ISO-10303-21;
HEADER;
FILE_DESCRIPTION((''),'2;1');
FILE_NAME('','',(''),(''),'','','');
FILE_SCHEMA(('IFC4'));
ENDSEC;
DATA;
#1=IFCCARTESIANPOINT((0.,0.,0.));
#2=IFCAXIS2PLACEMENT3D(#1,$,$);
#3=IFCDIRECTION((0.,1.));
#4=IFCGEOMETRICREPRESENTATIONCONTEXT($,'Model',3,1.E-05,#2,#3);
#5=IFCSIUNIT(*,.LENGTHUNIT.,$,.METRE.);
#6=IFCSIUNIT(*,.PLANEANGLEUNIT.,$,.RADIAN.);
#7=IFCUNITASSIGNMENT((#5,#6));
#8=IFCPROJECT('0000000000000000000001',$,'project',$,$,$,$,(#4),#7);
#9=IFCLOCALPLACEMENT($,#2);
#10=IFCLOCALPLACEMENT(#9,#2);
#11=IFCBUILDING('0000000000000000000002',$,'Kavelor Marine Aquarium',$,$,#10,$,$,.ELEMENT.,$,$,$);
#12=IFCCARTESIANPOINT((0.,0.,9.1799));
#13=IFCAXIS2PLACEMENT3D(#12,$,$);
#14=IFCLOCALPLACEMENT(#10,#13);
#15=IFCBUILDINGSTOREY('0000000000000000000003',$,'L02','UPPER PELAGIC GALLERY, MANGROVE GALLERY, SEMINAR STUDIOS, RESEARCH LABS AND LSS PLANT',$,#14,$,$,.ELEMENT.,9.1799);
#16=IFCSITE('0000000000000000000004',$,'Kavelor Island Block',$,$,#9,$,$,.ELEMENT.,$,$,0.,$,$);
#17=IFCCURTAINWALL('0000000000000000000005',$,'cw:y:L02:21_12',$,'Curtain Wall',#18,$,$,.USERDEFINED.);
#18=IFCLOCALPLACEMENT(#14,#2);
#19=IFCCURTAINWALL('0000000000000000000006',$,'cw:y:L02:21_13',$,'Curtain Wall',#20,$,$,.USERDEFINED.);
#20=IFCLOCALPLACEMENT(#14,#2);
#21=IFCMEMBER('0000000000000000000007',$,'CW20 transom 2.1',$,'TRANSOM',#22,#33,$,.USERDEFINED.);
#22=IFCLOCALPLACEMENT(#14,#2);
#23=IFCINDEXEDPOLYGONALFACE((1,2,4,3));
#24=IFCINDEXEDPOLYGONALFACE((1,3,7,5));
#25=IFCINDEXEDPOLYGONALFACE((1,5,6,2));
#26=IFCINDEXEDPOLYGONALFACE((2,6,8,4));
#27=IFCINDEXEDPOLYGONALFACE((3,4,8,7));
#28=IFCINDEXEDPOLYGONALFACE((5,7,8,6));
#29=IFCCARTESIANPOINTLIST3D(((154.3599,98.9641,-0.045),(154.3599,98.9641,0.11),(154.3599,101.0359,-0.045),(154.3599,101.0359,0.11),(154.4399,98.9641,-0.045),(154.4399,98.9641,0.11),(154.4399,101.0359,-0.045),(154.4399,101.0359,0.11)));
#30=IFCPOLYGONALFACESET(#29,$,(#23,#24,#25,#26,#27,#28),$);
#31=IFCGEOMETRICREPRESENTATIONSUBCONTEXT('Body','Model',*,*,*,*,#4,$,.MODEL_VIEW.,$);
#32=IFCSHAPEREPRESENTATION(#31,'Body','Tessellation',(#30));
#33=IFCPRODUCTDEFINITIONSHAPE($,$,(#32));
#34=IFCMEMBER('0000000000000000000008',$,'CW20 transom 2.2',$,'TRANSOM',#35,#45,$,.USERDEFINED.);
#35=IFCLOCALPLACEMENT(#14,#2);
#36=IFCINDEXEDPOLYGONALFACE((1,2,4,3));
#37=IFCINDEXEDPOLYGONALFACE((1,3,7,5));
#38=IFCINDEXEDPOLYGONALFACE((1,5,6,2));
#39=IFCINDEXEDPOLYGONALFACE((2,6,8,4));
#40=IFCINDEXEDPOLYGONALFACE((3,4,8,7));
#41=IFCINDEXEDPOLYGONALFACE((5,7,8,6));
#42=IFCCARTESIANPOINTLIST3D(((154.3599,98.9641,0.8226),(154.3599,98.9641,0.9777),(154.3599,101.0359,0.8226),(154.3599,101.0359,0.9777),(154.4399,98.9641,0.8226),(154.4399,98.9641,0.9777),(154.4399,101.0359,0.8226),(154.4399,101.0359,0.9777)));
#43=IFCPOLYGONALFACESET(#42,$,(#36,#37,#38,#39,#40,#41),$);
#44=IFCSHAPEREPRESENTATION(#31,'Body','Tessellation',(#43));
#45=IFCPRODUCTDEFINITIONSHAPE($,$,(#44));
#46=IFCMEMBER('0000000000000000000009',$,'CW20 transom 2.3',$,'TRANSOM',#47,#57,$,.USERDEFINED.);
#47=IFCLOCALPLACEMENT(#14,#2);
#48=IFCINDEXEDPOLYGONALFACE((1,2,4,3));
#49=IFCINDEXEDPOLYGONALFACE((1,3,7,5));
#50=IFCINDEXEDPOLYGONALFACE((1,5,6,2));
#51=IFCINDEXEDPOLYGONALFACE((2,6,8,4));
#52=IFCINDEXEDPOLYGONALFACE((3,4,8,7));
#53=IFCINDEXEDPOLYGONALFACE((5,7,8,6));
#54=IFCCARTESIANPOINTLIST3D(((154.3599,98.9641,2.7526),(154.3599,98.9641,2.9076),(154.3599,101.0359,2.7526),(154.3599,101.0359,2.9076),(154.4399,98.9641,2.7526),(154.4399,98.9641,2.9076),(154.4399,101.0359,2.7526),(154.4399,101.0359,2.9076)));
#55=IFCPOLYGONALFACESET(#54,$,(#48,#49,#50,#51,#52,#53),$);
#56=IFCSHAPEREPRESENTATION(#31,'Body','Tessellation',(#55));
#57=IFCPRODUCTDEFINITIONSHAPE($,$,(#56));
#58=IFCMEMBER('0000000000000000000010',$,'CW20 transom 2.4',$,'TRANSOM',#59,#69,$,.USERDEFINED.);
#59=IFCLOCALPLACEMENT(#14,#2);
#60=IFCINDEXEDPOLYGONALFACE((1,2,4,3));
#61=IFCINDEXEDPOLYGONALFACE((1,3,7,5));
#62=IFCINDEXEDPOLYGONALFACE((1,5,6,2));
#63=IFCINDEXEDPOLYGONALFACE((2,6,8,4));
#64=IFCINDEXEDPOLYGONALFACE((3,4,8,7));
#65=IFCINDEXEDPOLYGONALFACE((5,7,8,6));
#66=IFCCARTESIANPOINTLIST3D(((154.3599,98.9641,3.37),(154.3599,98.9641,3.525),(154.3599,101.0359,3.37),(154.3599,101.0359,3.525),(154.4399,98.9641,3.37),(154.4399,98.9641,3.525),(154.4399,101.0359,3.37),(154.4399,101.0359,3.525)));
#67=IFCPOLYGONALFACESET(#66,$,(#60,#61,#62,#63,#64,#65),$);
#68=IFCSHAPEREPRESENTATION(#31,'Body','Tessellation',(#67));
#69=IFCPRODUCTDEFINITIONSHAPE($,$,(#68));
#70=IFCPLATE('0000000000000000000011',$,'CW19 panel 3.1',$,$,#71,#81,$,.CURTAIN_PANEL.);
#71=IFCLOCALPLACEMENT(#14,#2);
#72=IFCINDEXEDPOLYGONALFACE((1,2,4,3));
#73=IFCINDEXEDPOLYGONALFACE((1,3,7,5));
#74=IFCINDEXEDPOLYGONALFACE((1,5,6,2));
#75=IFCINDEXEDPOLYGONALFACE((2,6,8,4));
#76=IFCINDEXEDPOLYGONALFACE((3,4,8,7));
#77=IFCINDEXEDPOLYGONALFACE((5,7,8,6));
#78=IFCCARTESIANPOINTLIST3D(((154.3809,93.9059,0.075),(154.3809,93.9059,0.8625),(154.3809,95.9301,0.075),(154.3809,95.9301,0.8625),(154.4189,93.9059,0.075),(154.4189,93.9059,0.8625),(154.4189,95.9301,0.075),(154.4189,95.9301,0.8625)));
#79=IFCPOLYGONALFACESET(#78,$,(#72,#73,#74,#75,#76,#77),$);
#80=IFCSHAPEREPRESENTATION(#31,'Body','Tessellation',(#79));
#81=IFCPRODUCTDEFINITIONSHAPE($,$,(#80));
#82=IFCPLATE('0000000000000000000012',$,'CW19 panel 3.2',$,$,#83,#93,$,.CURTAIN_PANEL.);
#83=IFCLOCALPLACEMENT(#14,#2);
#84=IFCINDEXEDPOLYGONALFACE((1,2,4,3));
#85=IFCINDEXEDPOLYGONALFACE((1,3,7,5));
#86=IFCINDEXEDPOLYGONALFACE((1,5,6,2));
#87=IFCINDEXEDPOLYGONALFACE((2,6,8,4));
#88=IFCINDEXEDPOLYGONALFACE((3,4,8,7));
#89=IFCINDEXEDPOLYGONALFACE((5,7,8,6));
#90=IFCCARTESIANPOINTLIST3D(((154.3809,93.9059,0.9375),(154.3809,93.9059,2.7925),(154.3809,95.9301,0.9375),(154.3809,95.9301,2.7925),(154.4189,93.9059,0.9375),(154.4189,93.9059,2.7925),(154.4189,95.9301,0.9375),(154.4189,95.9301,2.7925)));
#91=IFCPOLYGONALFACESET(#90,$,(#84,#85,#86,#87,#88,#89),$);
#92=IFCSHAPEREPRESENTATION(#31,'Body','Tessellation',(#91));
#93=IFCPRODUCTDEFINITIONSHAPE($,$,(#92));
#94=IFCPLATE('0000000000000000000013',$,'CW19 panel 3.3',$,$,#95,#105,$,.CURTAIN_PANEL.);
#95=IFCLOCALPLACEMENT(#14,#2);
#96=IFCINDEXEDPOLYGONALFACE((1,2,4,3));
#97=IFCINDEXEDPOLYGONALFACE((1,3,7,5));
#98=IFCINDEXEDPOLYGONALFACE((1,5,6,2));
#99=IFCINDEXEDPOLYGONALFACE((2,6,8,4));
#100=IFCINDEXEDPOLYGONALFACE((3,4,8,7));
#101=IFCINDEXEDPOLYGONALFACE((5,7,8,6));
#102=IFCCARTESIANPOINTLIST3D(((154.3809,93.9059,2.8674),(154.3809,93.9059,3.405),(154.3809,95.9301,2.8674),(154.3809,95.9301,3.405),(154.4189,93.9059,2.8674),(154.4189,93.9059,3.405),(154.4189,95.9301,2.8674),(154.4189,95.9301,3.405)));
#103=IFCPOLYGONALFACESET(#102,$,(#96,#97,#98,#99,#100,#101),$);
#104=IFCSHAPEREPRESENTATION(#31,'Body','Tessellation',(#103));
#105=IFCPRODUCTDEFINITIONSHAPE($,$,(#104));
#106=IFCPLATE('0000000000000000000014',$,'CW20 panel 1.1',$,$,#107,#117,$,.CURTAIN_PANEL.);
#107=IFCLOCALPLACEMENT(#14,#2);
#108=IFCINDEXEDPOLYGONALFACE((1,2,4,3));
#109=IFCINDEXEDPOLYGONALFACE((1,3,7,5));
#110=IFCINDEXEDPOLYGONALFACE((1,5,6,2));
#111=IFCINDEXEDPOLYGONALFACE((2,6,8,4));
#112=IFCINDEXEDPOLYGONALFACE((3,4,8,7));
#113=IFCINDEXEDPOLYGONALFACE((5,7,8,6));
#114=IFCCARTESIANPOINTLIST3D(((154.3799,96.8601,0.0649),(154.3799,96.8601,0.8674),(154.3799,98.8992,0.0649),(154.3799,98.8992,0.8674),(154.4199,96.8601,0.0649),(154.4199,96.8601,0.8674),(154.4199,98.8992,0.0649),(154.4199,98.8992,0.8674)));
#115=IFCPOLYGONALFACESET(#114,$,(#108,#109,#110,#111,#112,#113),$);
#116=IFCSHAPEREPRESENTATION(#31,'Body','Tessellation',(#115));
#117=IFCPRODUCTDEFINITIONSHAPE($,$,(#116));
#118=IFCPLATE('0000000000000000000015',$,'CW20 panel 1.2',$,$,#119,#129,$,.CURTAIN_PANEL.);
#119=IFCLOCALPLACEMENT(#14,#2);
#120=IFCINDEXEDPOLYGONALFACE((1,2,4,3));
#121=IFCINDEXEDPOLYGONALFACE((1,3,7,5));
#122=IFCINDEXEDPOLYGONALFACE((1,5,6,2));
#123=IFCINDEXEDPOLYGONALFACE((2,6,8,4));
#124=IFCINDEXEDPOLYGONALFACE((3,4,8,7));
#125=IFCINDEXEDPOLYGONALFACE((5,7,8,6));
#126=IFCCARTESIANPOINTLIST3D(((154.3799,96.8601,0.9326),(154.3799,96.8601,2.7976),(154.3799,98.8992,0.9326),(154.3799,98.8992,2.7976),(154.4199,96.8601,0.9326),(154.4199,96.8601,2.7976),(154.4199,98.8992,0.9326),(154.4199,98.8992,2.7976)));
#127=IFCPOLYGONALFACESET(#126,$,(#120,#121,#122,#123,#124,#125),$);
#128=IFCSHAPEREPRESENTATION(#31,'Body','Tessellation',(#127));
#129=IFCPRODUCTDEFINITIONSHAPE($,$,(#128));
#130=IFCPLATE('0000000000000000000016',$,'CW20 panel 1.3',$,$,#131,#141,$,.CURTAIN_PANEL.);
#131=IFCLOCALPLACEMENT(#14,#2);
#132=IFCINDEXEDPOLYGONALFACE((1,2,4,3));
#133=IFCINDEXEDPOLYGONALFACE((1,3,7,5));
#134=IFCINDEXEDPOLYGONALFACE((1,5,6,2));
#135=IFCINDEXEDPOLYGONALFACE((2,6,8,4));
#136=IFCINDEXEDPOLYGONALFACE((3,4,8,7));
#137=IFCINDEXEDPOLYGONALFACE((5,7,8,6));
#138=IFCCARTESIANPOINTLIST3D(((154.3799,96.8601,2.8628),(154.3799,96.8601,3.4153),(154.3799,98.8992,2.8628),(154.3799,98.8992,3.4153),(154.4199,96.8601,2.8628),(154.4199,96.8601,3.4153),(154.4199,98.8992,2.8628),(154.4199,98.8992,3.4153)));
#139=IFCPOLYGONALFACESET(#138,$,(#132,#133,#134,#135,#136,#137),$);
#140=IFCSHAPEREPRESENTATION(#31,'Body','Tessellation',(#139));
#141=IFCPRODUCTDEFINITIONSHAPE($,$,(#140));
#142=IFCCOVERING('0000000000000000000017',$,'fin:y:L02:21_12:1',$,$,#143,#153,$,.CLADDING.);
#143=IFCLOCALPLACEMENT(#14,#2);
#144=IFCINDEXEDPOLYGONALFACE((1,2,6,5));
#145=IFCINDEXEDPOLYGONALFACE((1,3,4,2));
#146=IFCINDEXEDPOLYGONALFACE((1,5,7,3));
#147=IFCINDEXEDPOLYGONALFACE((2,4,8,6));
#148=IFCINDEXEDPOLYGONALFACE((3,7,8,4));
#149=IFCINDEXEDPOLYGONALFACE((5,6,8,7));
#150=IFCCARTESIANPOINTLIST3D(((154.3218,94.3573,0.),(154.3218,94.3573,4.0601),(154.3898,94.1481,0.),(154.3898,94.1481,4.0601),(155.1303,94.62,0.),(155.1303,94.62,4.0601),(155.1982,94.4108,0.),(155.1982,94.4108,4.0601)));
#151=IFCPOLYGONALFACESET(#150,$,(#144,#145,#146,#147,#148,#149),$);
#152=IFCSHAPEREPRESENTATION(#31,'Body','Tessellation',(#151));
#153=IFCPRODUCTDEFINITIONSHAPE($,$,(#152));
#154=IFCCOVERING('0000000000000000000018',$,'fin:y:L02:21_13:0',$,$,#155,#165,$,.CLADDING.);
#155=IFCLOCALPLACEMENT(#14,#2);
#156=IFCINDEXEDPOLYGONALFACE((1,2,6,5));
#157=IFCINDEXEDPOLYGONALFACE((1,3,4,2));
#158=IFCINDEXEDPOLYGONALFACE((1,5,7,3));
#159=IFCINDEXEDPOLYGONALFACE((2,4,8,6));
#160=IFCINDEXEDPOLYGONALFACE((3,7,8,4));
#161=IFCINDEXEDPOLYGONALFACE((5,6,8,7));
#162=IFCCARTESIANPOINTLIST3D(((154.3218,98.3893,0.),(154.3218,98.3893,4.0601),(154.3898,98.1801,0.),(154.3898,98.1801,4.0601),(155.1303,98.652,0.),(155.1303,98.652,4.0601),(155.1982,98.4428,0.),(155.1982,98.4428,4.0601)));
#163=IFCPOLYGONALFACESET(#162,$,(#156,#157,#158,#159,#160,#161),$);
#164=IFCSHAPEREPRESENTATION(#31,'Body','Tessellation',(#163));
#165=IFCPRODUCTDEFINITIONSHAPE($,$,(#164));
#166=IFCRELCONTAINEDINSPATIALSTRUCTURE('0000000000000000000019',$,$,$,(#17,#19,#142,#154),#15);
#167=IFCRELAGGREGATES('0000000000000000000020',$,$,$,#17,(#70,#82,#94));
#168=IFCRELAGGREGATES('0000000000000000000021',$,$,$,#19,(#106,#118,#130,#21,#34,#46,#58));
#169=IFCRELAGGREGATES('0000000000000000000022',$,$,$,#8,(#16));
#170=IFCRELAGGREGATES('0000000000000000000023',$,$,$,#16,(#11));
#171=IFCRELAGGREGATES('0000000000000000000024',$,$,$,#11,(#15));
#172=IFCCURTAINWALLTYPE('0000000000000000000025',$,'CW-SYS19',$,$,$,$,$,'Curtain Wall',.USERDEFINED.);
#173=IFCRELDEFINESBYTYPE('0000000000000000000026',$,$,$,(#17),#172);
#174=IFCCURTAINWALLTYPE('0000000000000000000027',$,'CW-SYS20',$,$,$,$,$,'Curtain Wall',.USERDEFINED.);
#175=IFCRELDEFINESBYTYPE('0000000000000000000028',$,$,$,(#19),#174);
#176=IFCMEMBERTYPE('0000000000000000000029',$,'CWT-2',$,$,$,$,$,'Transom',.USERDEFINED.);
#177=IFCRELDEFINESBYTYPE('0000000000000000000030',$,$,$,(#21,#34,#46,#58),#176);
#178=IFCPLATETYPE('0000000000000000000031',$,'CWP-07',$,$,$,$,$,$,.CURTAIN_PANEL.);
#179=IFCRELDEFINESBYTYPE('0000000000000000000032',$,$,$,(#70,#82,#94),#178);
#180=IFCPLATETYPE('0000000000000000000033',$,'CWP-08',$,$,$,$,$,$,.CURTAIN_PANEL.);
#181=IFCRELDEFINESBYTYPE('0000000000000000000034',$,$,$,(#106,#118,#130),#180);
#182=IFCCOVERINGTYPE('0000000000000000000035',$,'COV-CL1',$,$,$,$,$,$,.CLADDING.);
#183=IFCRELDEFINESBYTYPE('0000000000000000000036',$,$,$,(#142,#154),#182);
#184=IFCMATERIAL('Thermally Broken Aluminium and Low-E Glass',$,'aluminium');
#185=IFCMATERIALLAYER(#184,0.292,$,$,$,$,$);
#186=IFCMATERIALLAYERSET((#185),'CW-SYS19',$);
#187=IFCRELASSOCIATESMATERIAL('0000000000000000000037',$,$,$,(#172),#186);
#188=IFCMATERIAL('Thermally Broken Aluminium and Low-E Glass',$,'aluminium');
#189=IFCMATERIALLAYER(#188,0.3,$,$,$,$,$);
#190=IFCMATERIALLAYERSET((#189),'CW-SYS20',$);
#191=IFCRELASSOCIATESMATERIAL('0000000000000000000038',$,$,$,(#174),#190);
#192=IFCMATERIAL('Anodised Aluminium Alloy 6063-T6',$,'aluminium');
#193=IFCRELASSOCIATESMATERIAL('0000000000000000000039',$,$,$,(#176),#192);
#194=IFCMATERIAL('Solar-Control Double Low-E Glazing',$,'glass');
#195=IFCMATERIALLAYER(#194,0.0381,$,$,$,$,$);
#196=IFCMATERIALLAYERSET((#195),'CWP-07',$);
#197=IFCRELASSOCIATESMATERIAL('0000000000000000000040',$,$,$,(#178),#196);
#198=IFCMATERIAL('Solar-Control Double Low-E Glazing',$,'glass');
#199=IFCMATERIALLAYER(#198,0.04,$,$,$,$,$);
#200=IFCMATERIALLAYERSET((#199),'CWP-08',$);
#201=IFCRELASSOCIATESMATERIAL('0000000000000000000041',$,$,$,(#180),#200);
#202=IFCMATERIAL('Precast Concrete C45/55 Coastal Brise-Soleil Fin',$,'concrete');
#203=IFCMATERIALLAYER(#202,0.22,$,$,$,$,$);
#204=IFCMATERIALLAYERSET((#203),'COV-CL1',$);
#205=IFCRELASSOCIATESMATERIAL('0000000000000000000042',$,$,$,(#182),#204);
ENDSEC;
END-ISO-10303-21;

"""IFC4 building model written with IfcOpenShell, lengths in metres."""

from ifc_helpers import new_model, si_unit, direction, frame, origin, origin_2d, place, context, subcontext, project, spatial, rectangle, extrude, material, layer, layer_set, material_profile, profile_set, type_object, element, aggregate, save


model = new_model("IFC4")

# Units and contexts
model_context = context("Model", 3, precision=1e-05, world=origin(), true_north=direction((0.0, 1.0)))
body_context = subcontext(model_context, "Body", "Model", "MODEL_VIEW")
ifc_project = project(units=[si_unit("LENGTHUNIT", "METRE"), si_unit("PLANEANGLEUNIT", "RADIAN")], contexts=[model_context])

# Site, building, storey
site_placement = place(None, origin())
site = spatial("IfcSite", under=ifc_project, at=site_placement, Name="Kavelor Island Block", CompositionType="ELEMENT", RefElevation=0.0)
building_placement = place(site_placement, origin())
building = spatial("IfcBuilding", under=site, at=building_placement, Name="Kavelor Marine Aquarium", CompositionType="ELEMENT")
storey_placement = place(building_placement, frame((0.0, 0.0, 9.1799)))
storey = spatial("IfcBuildingStorey", under=building, at=storey_placement, Name="L02", Description="UPPER PELAGIC GALLERY, MANGROVE GALLERY, SEMINAR STUDIOS, RESEARCH LABS AND LSS PLANT", CompositionType="ELEMENT", Elevation=9.1799)

# Curtain wall
ifc_material_1 = material(Name="Thermally Broken Aluminium and Low-E Glass", Category="aluminium")
ifc_layer_1 = layer(ifc_material_1, 0.292)
ifc_layer_set_1 = layer_set([ifc_layer_1], Name="CW-SYS19")
curtain_wall_type_1 = type_object("IfcCurtainWallType", Name="CW-SYS19", ElementType="Curtain Wall", PredefinedType="USERDEFINED", material=ifc_layer_set_1)
curtain_wall_1_placement = place(storey_placement, origin())
curtain_wall_1 = element("IfcCurtainWall", 1, at=curtain_wall_1_placement, inside=storey, type_object=curtain_wall_type_1, Name="cw:y:L02:21_12", ObjectType="Curtain Wall", PredefinedType="USERDEFINED")

# Curtain wall
ifc_material_2 = material(Name="Thermally Broken Aluminium and Low-E Glass", Category="aluminium")
ifc_layer_2 = layer(ifc_material_2, 0.3)
ifc_layer_set_2 = layer_set([ifc_layer_2], Name="CW-SYS20")
curtain_wall_type_2 = type_object("IfcCurtainWallType", Name="CW-SYS20", ElementType="Curtain Wall", PredefinedType="USERDEFINED", material=ifc_layer_set_2)
curtain_wall_2_placement = place(storey_placement, origin())
curtain_wall_2 = element("IfcCurtainWall", 2, at=curtain_wall_2_placement, inside=storey, type_object=curtain_wall_type_2, Name="cw:y:L02:21_13", ObjectType="Curtain Wall", PredefinedType="USERDEFINED")

# Members
ifc_material_3 = material(Name="Anodised Aluminium Alloy 6063-T6", Category="aluminium")
ifc_material_profile_1 = material_profile(ifc_material_3, rectangle(XDim=0.0801, YDim=0.155, at=origin_2d()), Name="CW-TRN 80x155")
ifc_profile_set_1 = profile_set([ifc_material_profile_1], Name="Anodised Aluminium Alloy 6063-T6")
member_type_1 = type_object("IfcMemberType", Name="CWT-2", ElementType="Transom", PredefinedType="USERDEFINED", material=ifc_profile_set_1)
member_1_placement = place(storey_placement, frame((154.3999, 98.9641, 0.0325), z_axis=(0.0, 1.0, 0.0), x_axis=(-1.0, 0.0, 0.0)))
member_1 = element("IfcMember", 3, at=member_1_placement, type_object=member_type_1, Name="CW20 transom 2.1", ObjectType="TRANSOM", PredefinedType="USERDEFINED", context=body_context, shape_type="SweptSolid", body=[
    extrude(rectangle(XDim=0.0801, YDim=0.155, at=origin_2d()), origin(), (0.0, 0.0, 1.0), 2.0718),
])
member_2_placement = place(storey_placement, frame((154.3999, 98.9641, 0.9001), z_axis=(0.0, 1.0, 0.0), x_axis=(-1.0, 0.0, 0.0)))
member_2 = element("IfcMember", 4, at=member_2_placement, type_object=member_type_1, Name="CW20 transom 2.2", ObjectType="TRANSOM", PredefinedType="USERDEFINED", context=body_context, shape_type="SweptSolid", body=[
    extrude(rectangle(XDim=0.0801, YDim=0.155, at=origin_2d()), origin(), (0.0, 0.0, 1.0), 2.0718),
])
member_3_placement = place(storey_placement, frame((154.3999, 98.9641, 2.8301), z_axis=(0.0, 1.0, 0.0), x_axis=(-1.0, 0.0, 0.0)))
member_3 = element("IfcMember", 5, at=member_3_placement, type_object=member_type_1, Name="CW20 transom 2.3", ObjectType="TRANSOM", PredefinedType="USERDEFINED", context=body_context, shape_type="SweptSolid", body=[
    extrude(rectangle(XDim=0.0801, YDim=0.155, at=origin_2d()), origin(), (0.0, 0.0, 1.0), 2.0718),
])
member_4_placement = place(storey_placement, frame((154.3999, 98.9641, 3.4475), z_axis=(0.0, 1.0, 0.0), x_axis=(-1.0, 0.0, 0.0)))
member_4 = element("IfcMember", 6, at=member_4_placement, type_object=member_type_1, Name="CW20 transom 2.4", ObjectType="TRANSOM", PredefinedType="USERDEFINED", context=body_context, shape_type="SweptSolid", body=[
    extrude(rectangle(XDim=0.0801, YDim=0.155, at=origin_2d()), origin(), (0.0, 0.0, 1.0), 2.0718),
])

# Plates
ifc_material_4 = material(Name="Solar-Control Double Low-E Glazing", Category="glass")
ifc_layer_3 = layer(ifc_material_4, 0.0381)
ifc_layer_set_3 = layer_set([ifc_layer_3], Name="CWP-07")
plate_type_1 = type_object("IfcPlateType", Name="CWP-07", PredefinedType="CURTAIN_PANEL", material=ifc_layer_set_3)
plate_1_placement = place(storey_placement, frame((154.3999, 94.918, 0.075), z_axis=(0.0, 0.0, 1.0), x_axis=(0.0, 1.0, 0.0)))
plate_1 = element("IfcPlate", 7, at=plate_1_placement, type_object=plate_type_1, Name="CW19 panel 3.1", PredefinedType="CURTAIN_PANEL", context=body_context, shape_type="SweptSolid", body=[
    extrude(rectangle(XDim=2.0242, YDim=0.0381, at=origin_2d()), origin(), (0.0, 0.0, 1.0), 0.7876),
])
plate_2_placement = place(storey_placement, frame((154.3999, 94.918, 0.9375), z_axis=(0.0, 0.0, 1.0), x_axis=(0.0, 1.0, 0.0)))
plate_2 = element("IfcPlate", 8, at=plate_2_placement, type_object=plate_type_1, Name="CW19 panel 3.2", PredefinedType="CURTAIN_PANEL", context=body_context, shape_type="SweptSolid", body=[
    extrude(rectangle(XDim=2.0242, YDim=0.0381, at=origin_2d()), origin(), (0.0, 0.0, 1.0), 1.855),
])
plate_3_placement = place(storey_placement, frame((154.3999, 94.918, 2.8674), z_axis=(0.0, 0.0, 1.0), x_axis=(0.0, 1.0, 0.0)))
plate_3 = element("IfcPlate", 9, at=plate_3_placement, type_object=plate_type_1, Name="CW19 panel 3.3", PredefinedType="CURTAIN_PANEL", context=body_context, shape_type="SweptSolid", body=[
    extrude(rectangle(XDim=2.0242, YDim=0.0381, at=origin_2d()), origin(), (0.0, 0.0, 1.0), 0.5376),
])
aggregate(curtain_wall_1, [plate_1, plate_2, plate_3])
ifc_material_5 = material(Name="Solar-Control Double Low-E Glazing", Category="glass")
ifc_layer_4 = layer(ifc_material_5, 0.04)
ifc_layer_set_4 = layer_set([ifc_layer_4], Name="CWP-08")
plate_type_2 = type_object("IfcPlateType", Name="CWP-08", PredefinedType="CURTAIN_PANEL", material=ifc_layer_set_4)
plate_4_placement = place(storey_placement, frame((154.3999, 97.8796, 0.0649), z_axis=(0.0, 0.0, 1.0), x_axis=(0.0, 1.0, 0.0)))
plate_4 = element("IfcPlate", 10, at=plate_4_placement, type_object=plate_type_2, Name="CW20 panel 1.1", PredefinedType="CURTAIN_PANEL", context=body_context, shape_type="SweptSolid", body=[
    extrude(rectangle(XDim=2.0391, YDim=0.04, at=origin_2d()), origin(), (0.0, 0.0, 1.0), 0.8025),
])
plate_5_placement = place(storey_placement, frame((154.3999, 97.8796, 0.9326), z_axis=(0.0, 0.0, 1.0), x_axis=(0.0, 1.0, 0.0)))
plate_5 = element("IfcPlate", 11, at=plate_5_placement, type_object=plate_type_2, Name="CW20 panel 1.2", PredefinedType="CURTAIN_PANEL", context=body_context, shape_type="SweptSolid", body=[
    extrude(rectangle(XDim=2.0391, YDim=0.04, at=origin_2d()), origin(), (0.0, 0.0, 1.0), 1.865),
])
plate_6_placement = place(storey_placement, frame((154.3999, 97.8796, 2.8628), z_axis=(0.0, 0.0, 1.0), x_axis=(0.0, 1.0, 0.0)))
plate_6 = element("IfcPlate", 12, at=plate_6_placement, type_object=plate_type_2, Name="CW20 panel 1.3", PredefinedType="CURTAIN_PANEL", context=body_context, shape_type="SweptSolid", body=[
    extrude(rectangle(XDim=2.0391, YDim=0.04, at=origin_2d()), origin(), (0.0, 0.0, 1.0), 0.5525),
])
aggregate(curtain_wall_2, [plate_4, plate_5, plate_6, member_1, member_2, member_3, member_4])

# Coverings
ifc_material_6 = material(Name="Precast Concrete C45/55 Coastal Brise-Soleil Fin", Category="concrete")
ifc_layer_5 = layer(ifc_material_6, 0.22)
ifc_layer_set_5 = layer_set([ifc_layer_5], Name="COV-CL1")
covering_type = type_object("IfcCoveringType", Name="COV-CL1", PredefinedType="CLADDING", material=ifc_layer_set_5)
for number, where, z_axis, x_axis, name in (
    (13, (154.76, 94.384, 0.0), (0.0, 0.0, 1.0), (0.951057, 0.309017, 0.0), "fin:y:L02:21_12:1"),
    (14, (154.76, 98.416, 0.0), (0.0, 0.0, 1.0), (0.951057, 0.309017, 0.0), "fin:y:L02:21_13:0"),
):
    element("IfcCovering", number, at=place(storey_placement, frame(where, z_axis=z_axis, x_axis=x_axis)), inside=storey, type_object=covering_type, Name=name, PredefinedType="CLADDING", context=body_context, shape_type="SweptSolid", body=[
        extrude(rectangle(XDim=0.8501, YDim=0.22, at=origin_2d()), origin(), (0.0, 0.0, 1.0), 4.0601),
    ])

save(model, "model.ifc")
